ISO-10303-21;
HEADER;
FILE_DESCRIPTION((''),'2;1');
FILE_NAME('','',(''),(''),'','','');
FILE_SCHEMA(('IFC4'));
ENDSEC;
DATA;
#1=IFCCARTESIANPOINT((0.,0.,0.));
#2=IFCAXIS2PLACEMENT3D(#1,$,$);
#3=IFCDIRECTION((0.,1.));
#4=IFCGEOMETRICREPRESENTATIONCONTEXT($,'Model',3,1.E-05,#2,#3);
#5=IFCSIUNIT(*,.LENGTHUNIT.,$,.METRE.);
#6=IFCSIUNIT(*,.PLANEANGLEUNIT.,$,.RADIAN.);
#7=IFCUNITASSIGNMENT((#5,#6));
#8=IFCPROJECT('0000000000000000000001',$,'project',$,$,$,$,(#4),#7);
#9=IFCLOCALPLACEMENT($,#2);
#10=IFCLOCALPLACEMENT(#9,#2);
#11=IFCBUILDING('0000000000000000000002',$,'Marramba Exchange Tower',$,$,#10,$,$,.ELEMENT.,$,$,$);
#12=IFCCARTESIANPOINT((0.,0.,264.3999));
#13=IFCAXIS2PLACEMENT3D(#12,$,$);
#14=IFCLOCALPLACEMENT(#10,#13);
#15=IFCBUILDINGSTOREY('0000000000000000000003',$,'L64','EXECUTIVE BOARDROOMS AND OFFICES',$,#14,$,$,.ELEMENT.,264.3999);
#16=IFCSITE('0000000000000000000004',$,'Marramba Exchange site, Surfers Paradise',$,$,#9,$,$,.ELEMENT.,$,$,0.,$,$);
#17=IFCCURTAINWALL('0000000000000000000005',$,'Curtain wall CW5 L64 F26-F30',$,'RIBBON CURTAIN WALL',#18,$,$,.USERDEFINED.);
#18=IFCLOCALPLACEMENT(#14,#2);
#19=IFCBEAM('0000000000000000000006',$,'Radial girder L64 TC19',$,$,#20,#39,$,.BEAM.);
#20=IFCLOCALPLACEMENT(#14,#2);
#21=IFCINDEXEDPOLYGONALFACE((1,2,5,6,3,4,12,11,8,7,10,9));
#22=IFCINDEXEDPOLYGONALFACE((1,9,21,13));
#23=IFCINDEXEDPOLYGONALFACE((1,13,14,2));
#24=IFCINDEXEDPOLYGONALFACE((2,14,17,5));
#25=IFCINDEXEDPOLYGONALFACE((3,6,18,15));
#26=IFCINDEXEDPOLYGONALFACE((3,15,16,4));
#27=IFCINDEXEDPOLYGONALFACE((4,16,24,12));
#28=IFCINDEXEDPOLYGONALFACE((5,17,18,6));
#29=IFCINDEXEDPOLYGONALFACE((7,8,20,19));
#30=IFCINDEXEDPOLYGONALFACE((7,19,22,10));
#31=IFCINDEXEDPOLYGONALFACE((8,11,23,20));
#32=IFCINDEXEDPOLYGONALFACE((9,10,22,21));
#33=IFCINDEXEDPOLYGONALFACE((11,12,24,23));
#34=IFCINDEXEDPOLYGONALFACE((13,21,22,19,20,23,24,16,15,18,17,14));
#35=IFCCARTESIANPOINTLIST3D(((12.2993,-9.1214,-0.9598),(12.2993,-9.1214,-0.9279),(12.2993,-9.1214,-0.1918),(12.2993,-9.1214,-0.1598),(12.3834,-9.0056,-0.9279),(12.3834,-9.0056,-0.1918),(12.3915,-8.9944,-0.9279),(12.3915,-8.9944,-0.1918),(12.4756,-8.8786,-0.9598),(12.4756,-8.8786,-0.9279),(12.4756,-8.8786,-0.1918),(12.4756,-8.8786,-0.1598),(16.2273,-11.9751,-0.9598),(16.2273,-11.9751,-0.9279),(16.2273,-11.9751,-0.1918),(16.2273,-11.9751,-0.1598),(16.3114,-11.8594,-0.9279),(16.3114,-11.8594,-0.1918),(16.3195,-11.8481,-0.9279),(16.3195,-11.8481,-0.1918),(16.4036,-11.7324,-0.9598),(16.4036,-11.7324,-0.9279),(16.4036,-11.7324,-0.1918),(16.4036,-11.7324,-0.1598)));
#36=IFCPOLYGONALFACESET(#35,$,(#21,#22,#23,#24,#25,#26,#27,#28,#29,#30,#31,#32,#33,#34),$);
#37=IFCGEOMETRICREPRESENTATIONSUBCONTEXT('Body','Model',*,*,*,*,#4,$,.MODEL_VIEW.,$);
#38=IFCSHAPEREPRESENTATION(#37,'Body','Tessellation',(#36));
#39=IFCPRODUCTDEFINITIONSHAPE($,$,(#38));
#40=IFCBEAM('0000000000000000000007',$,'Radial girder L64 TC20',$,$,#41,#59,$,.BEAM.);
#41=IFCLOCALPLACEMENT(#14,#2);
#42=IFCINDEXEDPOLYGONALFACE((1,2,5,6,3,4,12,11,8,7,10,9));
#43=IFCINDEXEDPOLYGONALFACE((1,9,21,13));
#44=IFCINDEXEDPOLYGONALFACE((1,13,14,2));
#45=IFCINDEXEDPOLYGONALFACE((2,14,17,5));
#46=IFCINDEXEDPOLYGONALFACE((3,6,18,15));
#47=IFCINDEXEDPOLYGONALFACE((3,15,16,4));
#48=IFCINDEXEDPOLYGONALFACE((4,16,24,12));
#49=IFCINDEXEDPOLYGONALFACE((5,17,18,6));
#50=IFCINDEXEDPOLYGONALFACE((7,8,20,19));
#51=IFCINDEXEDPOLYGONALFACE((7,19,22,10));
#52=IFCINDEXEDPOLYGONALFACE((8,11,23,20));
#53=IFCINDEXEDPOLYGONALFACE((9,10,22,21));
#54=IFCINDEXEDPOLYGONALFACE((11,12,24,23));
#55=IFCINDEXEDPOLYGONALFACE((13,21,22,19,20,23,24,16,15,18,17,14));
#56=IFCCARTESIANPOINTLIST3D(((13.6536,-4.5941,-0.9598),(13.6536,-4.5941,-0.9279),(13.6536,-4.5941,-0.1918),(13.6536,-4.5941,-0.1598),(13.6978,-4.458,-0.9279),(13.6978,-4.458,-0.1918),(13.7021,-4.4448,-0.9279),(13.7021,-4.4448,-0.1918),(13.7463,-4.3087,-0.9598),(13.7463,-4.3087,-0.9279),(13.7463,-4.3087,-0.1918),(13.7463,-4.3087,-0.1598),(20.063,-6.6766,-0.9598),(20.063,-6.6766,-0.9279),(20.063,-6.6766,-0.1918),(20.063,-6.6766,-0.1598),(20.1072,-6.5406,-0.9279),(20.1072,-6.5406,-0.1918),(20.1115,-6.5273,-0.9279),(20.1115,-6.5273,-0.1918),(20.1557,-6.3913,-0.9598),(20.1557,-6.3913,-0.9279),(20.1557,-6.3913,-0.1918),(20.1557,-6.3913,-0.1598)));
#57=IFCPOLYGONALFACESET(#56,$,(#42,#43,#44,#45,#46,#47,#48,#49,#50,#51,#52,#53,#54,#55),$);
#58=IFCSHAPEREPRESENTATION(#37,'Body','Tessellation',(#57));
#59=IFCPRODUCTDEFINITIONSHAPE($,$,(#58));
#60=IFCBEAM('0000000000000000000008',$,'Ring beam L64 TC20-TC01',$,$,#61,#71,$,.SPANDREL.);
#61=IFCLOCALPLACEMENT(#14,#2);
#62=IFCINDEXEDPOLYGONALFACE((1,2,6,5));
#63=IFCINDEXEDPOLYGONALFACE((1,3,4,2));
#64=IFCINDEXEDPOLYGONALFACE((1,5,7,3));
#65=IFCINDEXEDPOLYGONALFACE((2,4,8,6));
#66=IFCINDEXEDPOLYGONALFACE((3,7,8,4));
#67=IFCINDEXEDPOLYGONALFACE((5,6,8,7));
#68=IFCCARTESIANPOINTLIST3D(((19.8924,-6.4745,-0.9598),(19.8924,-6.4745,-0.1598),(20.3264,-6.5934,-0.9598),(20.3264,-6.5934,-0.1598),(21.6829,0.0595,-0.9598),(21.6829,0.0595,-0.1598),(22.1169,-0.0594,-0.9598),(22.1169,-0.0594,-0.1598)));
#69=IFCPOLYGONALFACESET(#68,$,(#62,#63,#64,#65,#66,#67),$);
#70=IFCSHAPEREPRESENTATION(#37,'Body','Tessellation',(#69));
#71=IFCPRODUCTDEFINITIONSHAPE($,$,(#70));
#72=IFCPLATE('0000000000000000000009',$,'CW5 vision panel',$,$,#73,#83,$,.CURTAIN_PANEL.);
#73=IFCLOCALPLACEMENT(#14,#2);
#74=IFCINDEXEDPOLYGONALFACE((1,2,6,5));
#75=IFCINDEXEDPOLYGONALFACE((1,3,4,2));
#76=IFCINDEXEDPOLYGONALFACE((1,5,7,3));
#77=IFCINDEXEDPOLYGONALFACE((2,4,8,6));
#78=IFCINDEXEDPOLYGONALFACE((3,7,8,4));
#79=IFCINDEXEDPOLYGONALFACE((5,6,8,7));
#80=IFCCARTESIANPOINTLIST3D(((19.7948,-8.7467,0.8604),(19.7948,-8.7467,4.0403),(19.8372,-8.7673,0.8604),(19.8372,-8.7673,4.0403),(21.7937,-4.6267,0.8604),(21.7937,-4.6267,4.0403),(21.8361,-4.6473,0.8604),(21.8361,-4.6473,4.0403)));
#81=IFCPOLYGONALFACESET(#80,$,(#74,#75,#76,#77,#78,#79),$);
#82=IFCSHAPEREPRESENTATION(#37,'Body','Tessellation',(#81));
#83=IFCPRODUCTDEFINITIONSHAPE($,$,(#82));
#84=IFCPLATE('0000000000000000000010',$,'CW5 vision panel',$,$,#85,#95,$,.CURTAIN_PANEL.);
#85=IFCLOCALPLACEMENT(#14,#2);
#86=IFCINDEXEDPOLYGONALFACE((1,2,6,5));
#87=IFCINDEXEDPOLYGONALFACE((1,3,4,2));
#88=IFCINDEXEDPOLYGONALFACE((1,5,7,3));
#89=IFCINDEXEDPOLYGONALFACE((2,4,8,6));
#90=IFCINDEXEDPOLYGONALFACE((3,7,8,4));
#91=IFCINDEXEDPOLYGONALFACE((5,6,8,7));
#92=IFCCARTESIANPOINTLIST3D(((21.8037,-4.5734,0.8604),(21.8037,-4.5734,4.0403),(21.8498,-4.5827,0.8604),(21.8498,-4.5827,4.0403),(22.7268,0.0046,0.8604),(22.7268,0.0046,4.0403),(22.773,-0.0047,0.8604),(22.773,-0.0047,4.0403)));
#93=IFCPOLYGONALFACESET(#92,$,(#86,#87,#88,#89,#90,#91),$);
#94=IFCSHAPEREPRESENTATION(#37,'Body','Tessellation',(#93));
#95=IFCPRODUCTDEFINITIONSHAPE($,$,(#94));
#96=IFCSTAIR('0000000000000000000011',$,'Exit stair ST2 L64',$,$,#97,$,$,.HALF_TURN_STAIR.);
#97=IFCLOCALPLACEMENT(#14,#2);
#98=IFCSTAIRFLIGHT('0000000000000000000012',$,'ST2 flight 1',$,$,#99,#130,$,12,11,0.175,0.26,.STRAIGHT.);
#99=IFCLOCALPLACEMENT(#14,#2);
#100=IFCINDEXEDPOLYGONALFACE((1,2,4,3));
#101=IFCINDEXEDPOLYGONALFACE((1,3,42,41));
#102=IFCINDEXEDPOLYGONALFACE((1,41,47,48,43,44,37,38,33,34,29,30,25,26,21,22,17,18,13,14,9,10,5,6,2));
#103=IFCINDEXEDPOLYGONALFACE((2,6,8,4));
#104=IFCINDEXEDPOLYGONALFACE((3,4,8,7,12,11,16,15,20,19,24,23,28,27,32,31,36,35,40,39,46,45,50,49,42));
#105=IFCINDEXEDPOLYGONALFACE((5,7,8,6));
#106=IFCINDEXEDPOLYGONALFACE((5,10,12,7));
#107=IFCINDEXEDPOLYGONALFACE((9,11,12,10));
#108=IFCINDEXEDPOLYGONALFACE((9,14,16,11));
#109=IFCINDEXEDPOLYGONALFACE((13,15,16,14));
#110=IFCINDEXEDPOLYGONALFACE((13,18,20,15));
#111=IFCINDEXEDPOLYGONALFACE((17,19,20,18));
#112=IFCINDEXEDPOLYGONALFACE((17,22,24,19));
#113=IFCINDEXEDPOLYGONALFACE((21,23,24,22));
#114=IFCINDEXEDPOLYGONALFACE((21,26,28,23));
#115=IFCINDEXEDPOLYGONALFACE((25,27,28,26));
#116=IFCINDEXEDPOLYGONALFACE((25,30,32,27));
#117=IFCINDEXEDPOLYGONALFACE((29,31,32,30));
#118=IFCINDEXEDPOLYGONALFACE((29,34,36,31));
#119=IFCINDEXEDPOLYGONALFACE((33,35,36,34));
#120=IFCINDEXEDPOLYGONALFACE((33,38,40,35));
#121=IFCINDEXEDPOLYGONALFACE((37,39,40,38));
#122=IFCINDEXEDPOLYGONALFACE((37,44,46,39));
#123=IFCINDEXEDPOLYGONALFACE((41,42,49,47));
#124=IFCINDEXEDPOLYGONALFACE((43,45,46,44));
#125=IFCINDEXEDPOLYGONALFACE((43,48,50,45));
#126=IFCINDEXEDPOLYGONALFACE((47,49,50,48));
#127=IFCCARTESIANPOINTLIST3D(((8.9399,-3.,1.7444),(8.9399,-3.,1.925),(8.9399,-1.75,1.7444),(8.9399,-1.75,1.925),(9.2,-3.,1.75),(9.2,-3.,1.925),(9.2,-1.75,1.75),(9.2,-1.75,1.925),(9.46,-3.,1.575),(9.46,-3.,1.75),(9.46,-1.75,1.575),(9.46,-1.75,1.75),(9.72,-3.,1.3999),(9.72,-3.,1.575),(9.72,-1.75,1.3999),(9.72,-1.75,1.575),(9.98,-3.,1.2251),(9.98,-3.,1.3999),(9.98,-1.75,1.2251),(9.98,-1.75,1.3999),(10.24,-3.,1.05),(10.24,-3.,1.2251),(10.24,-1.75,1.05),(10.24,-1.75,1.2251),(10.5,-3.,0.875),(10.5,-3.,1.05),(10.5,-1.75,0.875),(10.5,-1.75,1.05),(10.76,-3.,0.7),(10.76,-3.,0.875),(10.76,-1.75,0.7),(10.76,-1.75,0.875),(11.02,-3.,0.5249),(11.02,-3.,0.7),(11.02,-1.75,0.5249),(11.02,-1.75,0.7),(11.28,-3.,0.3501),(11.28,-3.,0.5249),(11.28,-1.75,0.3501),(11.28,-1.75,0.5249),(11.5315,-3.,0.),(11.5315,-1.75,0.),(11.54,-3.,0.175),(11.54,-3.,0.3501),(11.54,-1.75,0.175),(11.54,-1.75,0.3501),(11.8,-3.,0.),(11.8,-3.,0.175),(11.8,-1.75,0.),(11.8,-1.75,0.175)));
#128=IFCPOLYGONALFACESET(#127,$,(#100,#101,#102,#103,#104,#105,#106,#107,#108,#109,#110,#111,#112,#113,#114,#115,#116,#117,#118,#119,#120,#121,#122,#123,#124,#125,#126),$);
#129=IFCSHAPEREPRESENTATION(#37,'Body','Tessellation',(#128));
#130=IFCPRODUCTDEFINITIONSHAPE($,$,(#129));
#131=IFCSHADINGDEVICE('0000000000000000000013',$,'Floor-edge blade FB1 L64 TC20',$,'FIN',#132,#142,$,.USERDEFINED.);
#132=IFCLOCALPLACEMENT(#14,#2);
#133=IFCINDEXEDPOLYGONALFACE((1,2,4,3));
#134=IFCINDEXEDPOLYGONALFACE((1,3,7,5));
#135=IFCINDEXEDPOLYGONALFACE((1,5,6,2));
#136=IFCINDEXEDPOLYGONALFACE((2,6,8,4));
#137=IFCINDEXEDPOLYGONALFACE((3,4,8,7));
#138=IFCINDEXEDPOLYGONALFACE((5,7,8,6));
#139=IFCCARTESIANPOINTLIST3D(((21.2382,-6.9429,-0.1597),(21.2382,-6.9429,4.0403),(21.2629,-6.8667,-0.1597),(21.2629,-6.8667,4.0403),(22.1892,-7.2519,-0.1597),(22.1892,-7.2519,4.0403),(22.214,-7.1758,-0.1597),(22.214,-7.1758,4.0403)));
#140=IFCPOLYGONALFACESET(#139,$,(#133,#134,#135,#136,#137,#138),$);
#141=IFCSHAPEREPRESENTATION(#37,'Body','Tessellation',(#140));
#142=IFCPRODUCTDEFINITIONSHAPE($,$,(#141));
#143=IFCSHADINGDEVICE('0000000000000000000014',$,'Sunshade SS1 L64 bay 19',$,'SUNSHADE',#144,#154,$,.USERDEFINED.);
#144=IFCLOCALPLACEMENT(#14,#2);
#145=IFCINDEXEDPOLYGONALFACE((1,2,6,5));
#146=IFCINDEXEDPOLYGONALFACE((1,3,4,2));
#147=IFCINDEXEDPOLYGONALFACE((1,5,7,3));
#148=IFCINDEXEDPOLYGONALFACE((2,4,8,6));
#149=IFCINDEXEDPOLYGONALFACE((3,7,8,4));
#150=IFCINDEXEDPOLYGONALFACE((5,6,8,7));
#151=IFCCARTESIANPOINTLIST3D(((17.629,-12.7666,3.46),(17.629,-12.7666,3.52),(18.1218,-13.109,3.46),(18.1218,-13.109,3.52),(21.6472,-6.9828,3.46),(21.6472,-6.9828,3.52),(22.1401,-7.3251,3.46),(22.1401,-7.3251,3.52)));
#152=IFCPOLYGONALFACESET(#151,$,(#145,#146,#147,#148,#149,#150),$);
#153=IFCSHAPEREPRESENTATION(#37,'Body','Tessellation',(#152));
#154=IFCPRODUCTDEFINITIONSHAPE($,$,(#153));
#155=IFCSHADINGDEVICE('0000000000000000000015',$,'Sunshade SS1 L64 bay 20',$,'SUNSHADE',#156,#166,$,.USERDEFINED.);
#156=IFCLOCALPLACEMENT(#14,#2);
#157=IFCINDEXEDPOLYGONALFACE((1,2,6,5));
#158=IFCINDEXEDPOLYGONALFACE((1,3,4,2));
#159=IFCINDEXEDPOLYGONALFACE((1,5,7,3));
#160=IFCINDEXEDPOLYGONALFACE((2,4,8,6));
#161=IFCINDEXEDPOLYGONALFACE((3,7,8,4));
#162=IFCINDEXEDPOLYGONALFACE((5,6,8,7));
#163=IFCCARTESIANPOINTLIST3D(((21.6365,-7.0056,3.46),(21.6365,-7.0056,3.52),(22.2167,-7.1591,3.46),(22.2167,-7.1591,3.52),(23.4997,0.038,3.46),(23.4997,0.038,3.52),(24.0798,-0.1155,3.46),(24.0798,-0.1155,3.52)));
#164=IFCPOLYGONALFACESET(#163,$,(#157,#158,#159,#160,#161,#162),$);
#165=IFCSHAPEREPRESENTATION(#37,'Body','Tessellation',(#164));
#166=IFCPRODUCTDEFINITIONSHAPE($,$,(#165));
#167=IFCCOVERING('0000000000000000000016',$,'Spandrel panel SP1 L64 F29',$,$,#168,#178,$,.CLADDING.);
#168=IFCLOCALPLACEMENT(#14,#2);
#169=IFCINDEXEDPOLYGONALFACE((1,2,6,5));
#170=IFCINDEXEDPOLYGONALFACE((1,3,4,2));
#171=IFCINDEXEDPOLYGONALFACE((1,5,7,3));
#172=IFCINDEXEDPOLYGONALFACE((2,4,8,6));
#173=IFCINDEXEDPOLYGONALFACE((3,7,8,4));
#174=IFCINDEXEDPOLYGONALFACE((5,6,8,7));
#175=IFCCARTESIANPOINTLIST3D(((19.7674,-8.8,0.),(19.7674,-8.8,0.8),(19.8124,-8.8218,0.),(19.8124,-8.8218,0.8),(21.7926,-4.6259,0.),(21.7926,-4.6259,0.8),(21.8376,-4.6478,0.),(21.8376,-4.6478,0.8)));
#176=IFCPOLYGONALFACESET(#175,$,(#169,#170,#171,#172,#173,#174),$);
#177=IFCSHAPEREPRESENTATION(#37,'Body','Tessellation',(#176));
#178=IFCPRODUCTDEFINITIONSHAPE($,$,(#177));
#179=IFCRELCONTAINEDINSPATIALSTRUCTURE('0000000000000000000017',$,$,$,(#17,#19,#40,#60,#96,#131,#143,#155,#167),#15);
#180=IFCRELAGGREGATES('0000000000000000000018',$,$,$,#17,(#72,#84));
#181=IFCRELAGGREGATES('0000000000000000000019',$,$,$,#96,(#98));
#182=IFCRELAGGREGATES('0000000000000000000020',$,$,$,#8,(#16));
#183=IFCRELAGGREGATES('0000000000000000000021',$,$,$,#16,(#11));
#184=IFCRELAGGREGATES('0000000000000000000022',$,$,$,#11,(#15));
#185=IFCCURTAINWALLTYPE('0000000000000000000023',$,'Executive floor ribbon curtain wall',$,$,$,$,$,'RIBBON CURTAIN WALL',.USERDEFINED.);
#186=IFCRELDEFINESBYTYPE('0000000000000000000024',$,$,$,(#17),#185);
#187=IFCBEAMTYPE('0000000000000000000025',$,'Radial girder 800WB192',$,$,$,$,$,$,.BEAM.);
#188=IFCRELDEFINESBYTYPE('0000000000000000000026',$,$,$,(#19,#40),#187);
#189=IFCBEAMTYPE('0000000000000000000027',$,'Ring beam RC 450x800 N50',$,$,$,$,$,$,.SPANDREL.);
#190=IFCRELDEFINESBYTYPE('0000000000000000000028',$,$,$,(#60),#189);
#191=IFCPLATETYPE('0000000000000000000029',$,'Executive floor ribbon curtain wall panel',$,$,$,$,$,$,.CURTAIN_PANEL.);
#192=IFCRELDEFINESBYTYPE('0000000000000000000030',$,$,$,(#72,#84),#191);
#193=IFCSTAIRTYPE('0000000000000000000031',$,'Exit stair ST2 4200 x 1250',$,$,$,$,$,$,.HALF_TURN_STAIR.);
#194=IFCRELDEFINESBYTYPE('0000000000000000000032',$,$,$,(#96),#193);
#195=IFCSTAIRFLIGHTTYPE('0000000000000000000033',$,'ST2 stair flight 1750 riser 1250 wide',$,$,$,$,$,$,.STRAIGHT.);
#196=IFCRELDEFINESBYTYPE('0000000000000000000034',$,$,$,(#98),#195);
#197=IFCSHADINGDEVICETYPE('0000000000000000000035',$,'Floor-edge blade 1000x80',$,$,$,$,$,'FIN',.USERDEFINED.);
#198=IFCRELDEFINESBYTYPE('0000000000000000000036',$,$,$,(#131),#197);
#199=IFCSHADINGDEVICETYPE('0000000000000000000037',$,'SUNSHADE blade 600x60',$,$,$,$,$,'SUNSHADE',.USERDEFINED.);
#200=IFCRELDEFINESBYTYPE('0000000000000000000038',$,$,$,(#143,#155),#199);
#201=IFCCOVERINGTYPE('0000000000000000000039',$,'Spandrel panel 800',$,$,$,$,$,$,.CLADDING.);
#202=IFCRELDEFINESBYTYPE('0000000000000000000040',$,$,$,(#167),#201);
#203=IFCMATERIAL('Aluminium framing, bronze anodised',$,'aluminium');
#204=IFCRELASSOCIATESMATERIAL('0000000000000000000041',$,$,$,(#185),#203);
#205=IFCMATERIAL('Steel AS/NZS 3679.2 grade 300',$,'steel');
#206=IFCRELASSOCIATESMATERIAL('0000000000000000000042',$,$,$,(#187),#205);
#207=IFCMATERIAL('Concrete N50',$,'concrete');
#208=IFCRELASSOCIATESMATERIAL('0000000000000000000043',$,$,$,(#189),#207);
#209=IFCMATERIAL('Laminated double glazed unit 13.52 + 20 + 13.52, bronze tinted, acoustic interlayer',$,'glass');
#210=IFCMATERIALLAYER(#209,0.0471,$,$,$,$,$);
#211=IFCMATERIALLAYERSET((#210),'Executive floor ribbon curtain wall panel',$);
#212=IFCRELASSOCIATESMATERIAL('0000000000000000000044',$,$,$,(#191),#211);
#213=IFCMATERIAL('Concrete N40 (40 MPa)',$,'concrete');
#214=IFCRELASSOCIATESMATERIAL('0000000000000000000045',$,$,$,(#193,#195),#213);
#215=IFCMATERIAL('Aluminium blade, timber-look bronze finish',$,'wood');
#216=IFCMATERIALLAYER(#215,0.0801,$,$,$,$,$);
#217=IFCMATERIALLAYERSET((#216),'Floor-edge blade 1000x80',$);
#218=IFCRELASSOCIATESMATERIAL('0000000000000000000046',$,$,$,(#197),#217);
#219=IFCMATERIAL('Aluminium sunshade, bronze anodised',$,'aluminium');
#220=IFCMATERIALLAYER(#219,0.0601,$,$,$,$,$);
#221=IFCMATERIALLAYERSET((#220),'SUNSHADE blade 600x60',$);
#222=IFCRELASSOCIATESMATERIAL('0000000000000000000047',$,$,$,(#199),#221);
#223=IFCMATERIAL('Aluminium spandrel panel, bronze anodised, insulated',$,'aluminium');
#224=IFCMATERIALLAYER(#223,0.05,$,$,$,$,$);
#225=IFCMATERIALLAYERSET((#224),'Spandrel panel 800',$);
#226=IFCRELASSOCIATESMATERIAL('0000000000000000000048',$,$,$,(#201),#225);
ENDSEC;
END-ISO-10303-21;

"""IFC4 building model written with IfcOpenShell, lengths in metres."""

from ifc_helpers import new_model, si_unit, direction, frame, origin, origin_2d, place, context, subcontext, project, spatial, polyline, rectangle, i_section, outline, extrude, material, layer, layer_set, material_profile, profile_set, type_object, element, aggregate, save


model = new_model("IFC4")

# Units and contexts
model_context = context("Model", 3, precision=1e-05, world=origin(), true_north=direction((0.0, 1.0)))
body_context = subcontext(model_context, "Body", "Model", "MODEL_VIEW")
ifc_project = project(units=[si_unit("LENGTHUNIT", "METRE"), si_unit("PLANEANGLEUNIT", "RADIAN")], contexts=[model_context])

# Site, building, storey
site_placement = place(None, origin())
site = spatial("IfcSite", under=ifc_project, at=site_placement, Name="Marramba Exchange site, Surfers Paradise", CompositionType="ELEMENT", RefElevation=0.0)
building_placement = place(site_placement, origin())
building = spatial("IfcBuilding", under=site, at=building_placement, Name="Marramba Exchange Tower", CompositionType="ELEMENT")
storey_placement = place(building_placement, frame((0.0, 0.0, 264.3999)))
storey = spatial("IfcBuildingStorey", under=building, at=storey_placement, Name="L64", Description="EXECUTIVE BOARDROOMS AND OFFICES", CompositionType="ELEMENT", Elevation=264.3999)

# Shared definitions
ifc_material_1 = material(Name="Concrete N50", Category="concrete")

# Curtain wall
ifc_material_2 = material(Name="Aluminium framing, bronze anodised", Category="aluminium")
curtain_wall_type = type_object("IfcCurtainWallType", Name="Executive floor ribbon curtain wall", ElementType="RIBBON CURTAIN WALL", PredefinedType="USERDEFINED", material=ifc_material_2)
curtain_wall_placement = place(storey_placement, origin())
curtain_wall = element("IfcCurtainWall", 1, at=curtain_wall_placement, inside=storey, type_object=curtain_wall_type, Name="Curtain wall CW5 L64 F26-F30", ObjectType="RIBBON CURTAIN WALL", PredefinedType="USERDEFINED")

# Beams
ifc_material_3 = material(Name="Steel AS/NZS 3679.2 grade 300", Category="steel")
ifc_material_profile_1 = material_profile(ifc_material_3, i_section(OverallWidth=0.3, OverallDepth=0.8, WebThickness=0.0139, FlangeThickness=0.032, at=origin_2d()), Name="800WB192")
ifc_profile_set_1 = profile_set([ifc_material_profile_1], Name="Steel AS/NZS 3679.2 grade 300")
beam_type_1 = type_object("IfcBeamType", Name="Radial girder 800WB192", PredefinedType="BEAM", material=ifc_profile_set_1)
beam_1_placement = place(storey_placement, frame((12.3875, -9.0, -0.5598), z_axis=(0.809025, -0.587774, 0.0), x_axis=(0.587774, 0.809025, 0.0)))
element("IfcBeam", 2, at=beam_1_placement, inside=storey, type_object=beam_type_1, Name="Radial girder L64 TC19", PredefinedType="BEAM", context=body_context, shape_type="SweptSolid", body=[
    extrude(i_section(OverallWidth=0.3, OverallDepth=0.8, WebThickness=0.0139, FlangeThickness=0.032, at=origin_2d()), origin(), (0.0, 0.0, 1.0), 4.8552),
])
beam_2_placement = place(storey_placement, frame((13.7, -4.4514, -0.5598), z_axis=(0.951058, -0.309013, 0.0), x_axis=(0.309013, 0.951058, 0.0)))
element("IfcBeam", 3, at=beam_2_placement, inside=storey, type_object=beam_type_1, Name="Radial girder L64 TC20", PredefinedType="BEAM", context=body_context, shape_type="SweptSolid", body=[
    extrude(i_section(OverallWidth=0.3, OverallDepth=0.8, WebThickness=0.0139, FlangeThickness=0.032, at=origin_2d()), origin(), (0.0, 0.0, 1.0), 6.7393),
])
ifc_material_profile_2 = material_profile(ifc_material_1, rectangle(XDim=0.45, YDim=0.8, at=origin_2d()), Name="RC 450x800")
ifc_profile_set_2 = profile_set([ifc_material_profile_2], Name="Concrete N50")
beam_type_2 = type_object("IfcBeamType", Name="Ring beam RC 450x800 N50", PredefinedType="SPANDREL", material=ifc_profile_set_2)
beam_3_placement = place(storey_placement, frame((20.1094, -6.5339, -0.5598), z_axis=(0.264291, 0.964443, 0.0), x_axis=(-0.964443, 0.264291, 0.0)))
element("IfcBeam", 4, at=beam_3_placement, inside=storey, type_object=beam_type_2, Name="Ring beam L64 TC20-TC01", PredefinedType="SPANDREL", context=body_context, shape_type="SweptSolid", body=[
    extrude(rectangle(XDim=0.45, YDim=0.8, at=origin_2d()), origin(), (0.0, 0.0, 1.0), 6.7749),
])

# Plates
ifc_material_4 = material(Name="Laminated double glazed unit 13.52 + 20 + 13.52, bronze tinted, acoustic interlayer", Category="glass")
ifc_layer_1 = layer(ifc_material_4, 0.0471)
ifc_layer_set_1 = layer_set([ifc_layer_1], Name="Executive floor ribbon curtain wall panel")
plate_type = type_object("IfcPlateType", Name="Executive floor ribbon curtain wall panel", PredefinedType="CURTAIN_PANEL", material=ifc_layer_set_1)
plate_1_placement = place(storey_placement, frame((20.8154, -6.697, 0.8604), z_axis=(0.0, 0.0, 1.0), x_axis=(0.436515, 0.899697, 0.0)))
plate_1 = element("IfcPlate", 5, at=plate_1_placement, type_object=plate_type, Name="CW5 vision panel", PredefinedType="CURTAIN_PANEL", context=body_context, shape_type="SweptSolid", body=[
    extrude(rectangle(XDim=4.5793, YDim=0.0471, at=origin_2d()), origin(), (0.0, 0.0, 1.0), 3.1799),
])
plate_2_placement = place(storey_placement, frame((22.2883, -2.2891, 0.8604), z_axis=(0.0, 0.0, 1.0), x_axis=(0.197671, 0.980269, 0.0)))
plate_2 = element("IfcPlate", 6, at=plate_2_placement, type_object=plate_type, Name="CW5 vision panel", PredefinedType="CURTAIN_PANEL", context=body_context, shape_type="SweptSolid", body=[
    extrude(rectangle(XDim=4.6702, YDim=0.0471, at=origin_2d()), origin(), (0.0, 0.0, 1.0), 3.1799),
])
aggregate(curtain_wall, [plate_1, plate_2])

# Stair, stair flight
ifc_material_5 = material(Name="Concrete N40 (40 MPa)", Category="concrete")
stair_type = type_object("IfcStairType", Name="Exit stair ST2 4200 x 1250", PredefinedType="HALF_TURN_STAIR", material=ifc_material_5)
stair_placement = place(storey_placement, origin())
stair = element("IfcStair", 7, at=stair_placement, inside=storey, type_object=stair_type, Name="Exit stair ST2 L64", PredefinedType="HALF_TURN_STAIR")
stair_flight_type = type_object("IfcStairFlightType", Name="ST2 stair flight 1750 riser 1250 wide", PredefinedType="STRAIGHT", material=ifc_material_5)
stair_flight_placement = place(storey_placement, frame((11.8, -2.375, 0.0), z_axis=(0.0, 0.0, 1.0), x_axis=(-1.0, 0.0, 0.0)))
stair_flight = element("IfcStairFlight", 8, at=stair_flight_placement, type_object=stair_flight_type, Name="ST2 flight 1", NumberOfRisers=12, NumberOfTreads=11, PredefinedType="STRAIGHT", RiserHeight=0.175, TreadLength=0.26, context=body_context, shape_type="SweptSolid", body=[
    extrude(outline(polyline([(0.0, 0.0), (0.0, 0.175), (0.26, 0.175), (0.26, 0.3501), (0.52, 0.3501), (0.52, 0.5249), (0.78, 0.5249), (0.78, 0.7), (1.04, 0.7), (1.04, 0.875), (1.3, 0.875), (1.3, 1.05), (1.5601, 1.05), (1.5601, 1.2251), (1.8201, 1.2251), (1.8201, 1.3999), (2.0801, 1.3999), (2.0801, 1.575), (2.3401, 1.575), (2.3401, 1.75), (2.6001, 1.75), (2.6001, 1.925), (2.8601, 1.925), (2.8601, 2.1001), (2.8601, 1.7444), (0.2686, 0.0), (0.0, 0.0)])), frame((0.0, 0.625, 0.0), z_axis=(0.0, -1.0, 0.0), x_axis=(1.0, 0.0, 0.0)), (0.0, 0.0, 1.0), 1.25),
])
aggregate(stair, [stair_flight])

# Shading devices
ifc_material_6 = material(Name="Aluminium blade, timber-look bronze finish", Category="wood")
ifc_layer_2 = layer(ifc_material_6, 0.0801)
ifc_layer_set_2 = layer_set([ifc_layer_2], Name="Floor-edge blade 1000x80")
shading_device_type_1 = type_object("IfcShadingDeviceType", Name="Floor-edge blade 1000x80", ElementType="FIN", PredefinedType="USERDEFINED", material=ifc_layer_set_2)
shading_device_1_placement = place(storey_placement, frame((21.7261, -7.0593, -0.1597), z_axis=(0.0, 0.0, 1.0), x_axis=(0.951057, -0.309017, 0.0)))
element("IfcShadingDevice", 9, at=shading_device_1_placement, inside=storey, type_object=shading_device_type_1, Name="Floor-edge blade FB1 L64 TC20", ObjectType="FIN", PredefinedType="USERDEFINED", context=body_context, shape_type="SweptSolid", body=[
    extrude(rectangle(XDim=1.0, YDim=0.0801, at=origin_2d()), origin(), (0.0, 0.0, 1.0), 4.2),
])
ifc_material_7 = material(Name="Aluminium sunshade, bronze anodised", Category="aluminium")
ifc_layer_3 = layer(ifc_material_7, 0.0601)
ifc_layer_set_3 = layer_set([ifc_layer_3], Name="SUNSHADE blade 600x60")
shading_device_type_2 = type_object("IfcShadingDeviceType", Name="SUNSHADE blade 600x60", ElementType="SUNSHADE", PredefinedType="USERDEFINED", material=ifc_layer_set_3)
shading_device_2_placement = place(storey_placement, frame((19.8845, -10.0459, 3.46), z_axis=(0.0, 0.0, 1.0), x_axis=(0.570558, 0.821257, 0.0)))
element("IfcShadingDevice", 10, at=shading_device_2_placement, inside=storey, type_object=shading_device_type_2, Name="Sunshade SS1 L64 bay 19", ObjectType="SUNSHADE", PredefinedType="USERDEFINED", context=body_context, shape_type="SweptSolid", body=[
    extrude(rectangle(XDim=7.0427, YDim=0.6001, at=origin_2d()), origin(), (0.0, 0.0, 1.0), 0.0601),
])
shading_device_3_placement = place(storey_placement, frame((22.8582, -3.5605, 3.46), z_axis=(0.0, 0.0, 1.0), x_axis=(0.255719, 0.966751, 0.0)))
element("IfcShadingDevice", 11, at=shading_device_3_placement, inside=storey, type_object=shading_device_type_2, Name="Sunshade SS1 L64 bay 20", ObjectType="SUNSHADE", PredefinedType="USERDEFINED", context=body_context, shape_type="SweptSolid", body=[
    extrude(rectangle(XDim=7.2859, YDim=0.6001, at=origin_2d()), origin(), (0.0, 0.0, 1.0), 0.0601),
])

# Covering
ifc_material_8 = material(Name="Aluminium spandrel panel, bronze anodised, insulated", Category="aluminium")
ifc_layer_4 = layer(ifc_material_8, 0.05)
ifc_layer_set_4 = layer_set([ifc_layer_4], Name="Spandrel panel 800")
covering_type = type_object("IfcCoveringType", Name="Spandrel panel 800", PredefinedType="CLADDING", material=ifc_layer_set_4)
covering_1_placement = place(storey_placement, frame((20.8025, -6.7239, 0.0), z_axis=(0.0, 0.0, 1.0), x_axis=(0.436515, 0.899697, 0.0)))
element("IfcCovering", 12, at=covering_1_placement, inside=storey, type_object=covering_type, Name="Spandrel panel SP1 L64 F29", PredefinedType="CLADDING", context=body_context, shape_type="SweptSolid", body=[
    extrude(rectangle(XDim=4.6394, YDim=0.05, at=origin_2d()), origin(), (0.0, 0.0, 1.0), 0.8),
])

save(model, "model.ifc")
